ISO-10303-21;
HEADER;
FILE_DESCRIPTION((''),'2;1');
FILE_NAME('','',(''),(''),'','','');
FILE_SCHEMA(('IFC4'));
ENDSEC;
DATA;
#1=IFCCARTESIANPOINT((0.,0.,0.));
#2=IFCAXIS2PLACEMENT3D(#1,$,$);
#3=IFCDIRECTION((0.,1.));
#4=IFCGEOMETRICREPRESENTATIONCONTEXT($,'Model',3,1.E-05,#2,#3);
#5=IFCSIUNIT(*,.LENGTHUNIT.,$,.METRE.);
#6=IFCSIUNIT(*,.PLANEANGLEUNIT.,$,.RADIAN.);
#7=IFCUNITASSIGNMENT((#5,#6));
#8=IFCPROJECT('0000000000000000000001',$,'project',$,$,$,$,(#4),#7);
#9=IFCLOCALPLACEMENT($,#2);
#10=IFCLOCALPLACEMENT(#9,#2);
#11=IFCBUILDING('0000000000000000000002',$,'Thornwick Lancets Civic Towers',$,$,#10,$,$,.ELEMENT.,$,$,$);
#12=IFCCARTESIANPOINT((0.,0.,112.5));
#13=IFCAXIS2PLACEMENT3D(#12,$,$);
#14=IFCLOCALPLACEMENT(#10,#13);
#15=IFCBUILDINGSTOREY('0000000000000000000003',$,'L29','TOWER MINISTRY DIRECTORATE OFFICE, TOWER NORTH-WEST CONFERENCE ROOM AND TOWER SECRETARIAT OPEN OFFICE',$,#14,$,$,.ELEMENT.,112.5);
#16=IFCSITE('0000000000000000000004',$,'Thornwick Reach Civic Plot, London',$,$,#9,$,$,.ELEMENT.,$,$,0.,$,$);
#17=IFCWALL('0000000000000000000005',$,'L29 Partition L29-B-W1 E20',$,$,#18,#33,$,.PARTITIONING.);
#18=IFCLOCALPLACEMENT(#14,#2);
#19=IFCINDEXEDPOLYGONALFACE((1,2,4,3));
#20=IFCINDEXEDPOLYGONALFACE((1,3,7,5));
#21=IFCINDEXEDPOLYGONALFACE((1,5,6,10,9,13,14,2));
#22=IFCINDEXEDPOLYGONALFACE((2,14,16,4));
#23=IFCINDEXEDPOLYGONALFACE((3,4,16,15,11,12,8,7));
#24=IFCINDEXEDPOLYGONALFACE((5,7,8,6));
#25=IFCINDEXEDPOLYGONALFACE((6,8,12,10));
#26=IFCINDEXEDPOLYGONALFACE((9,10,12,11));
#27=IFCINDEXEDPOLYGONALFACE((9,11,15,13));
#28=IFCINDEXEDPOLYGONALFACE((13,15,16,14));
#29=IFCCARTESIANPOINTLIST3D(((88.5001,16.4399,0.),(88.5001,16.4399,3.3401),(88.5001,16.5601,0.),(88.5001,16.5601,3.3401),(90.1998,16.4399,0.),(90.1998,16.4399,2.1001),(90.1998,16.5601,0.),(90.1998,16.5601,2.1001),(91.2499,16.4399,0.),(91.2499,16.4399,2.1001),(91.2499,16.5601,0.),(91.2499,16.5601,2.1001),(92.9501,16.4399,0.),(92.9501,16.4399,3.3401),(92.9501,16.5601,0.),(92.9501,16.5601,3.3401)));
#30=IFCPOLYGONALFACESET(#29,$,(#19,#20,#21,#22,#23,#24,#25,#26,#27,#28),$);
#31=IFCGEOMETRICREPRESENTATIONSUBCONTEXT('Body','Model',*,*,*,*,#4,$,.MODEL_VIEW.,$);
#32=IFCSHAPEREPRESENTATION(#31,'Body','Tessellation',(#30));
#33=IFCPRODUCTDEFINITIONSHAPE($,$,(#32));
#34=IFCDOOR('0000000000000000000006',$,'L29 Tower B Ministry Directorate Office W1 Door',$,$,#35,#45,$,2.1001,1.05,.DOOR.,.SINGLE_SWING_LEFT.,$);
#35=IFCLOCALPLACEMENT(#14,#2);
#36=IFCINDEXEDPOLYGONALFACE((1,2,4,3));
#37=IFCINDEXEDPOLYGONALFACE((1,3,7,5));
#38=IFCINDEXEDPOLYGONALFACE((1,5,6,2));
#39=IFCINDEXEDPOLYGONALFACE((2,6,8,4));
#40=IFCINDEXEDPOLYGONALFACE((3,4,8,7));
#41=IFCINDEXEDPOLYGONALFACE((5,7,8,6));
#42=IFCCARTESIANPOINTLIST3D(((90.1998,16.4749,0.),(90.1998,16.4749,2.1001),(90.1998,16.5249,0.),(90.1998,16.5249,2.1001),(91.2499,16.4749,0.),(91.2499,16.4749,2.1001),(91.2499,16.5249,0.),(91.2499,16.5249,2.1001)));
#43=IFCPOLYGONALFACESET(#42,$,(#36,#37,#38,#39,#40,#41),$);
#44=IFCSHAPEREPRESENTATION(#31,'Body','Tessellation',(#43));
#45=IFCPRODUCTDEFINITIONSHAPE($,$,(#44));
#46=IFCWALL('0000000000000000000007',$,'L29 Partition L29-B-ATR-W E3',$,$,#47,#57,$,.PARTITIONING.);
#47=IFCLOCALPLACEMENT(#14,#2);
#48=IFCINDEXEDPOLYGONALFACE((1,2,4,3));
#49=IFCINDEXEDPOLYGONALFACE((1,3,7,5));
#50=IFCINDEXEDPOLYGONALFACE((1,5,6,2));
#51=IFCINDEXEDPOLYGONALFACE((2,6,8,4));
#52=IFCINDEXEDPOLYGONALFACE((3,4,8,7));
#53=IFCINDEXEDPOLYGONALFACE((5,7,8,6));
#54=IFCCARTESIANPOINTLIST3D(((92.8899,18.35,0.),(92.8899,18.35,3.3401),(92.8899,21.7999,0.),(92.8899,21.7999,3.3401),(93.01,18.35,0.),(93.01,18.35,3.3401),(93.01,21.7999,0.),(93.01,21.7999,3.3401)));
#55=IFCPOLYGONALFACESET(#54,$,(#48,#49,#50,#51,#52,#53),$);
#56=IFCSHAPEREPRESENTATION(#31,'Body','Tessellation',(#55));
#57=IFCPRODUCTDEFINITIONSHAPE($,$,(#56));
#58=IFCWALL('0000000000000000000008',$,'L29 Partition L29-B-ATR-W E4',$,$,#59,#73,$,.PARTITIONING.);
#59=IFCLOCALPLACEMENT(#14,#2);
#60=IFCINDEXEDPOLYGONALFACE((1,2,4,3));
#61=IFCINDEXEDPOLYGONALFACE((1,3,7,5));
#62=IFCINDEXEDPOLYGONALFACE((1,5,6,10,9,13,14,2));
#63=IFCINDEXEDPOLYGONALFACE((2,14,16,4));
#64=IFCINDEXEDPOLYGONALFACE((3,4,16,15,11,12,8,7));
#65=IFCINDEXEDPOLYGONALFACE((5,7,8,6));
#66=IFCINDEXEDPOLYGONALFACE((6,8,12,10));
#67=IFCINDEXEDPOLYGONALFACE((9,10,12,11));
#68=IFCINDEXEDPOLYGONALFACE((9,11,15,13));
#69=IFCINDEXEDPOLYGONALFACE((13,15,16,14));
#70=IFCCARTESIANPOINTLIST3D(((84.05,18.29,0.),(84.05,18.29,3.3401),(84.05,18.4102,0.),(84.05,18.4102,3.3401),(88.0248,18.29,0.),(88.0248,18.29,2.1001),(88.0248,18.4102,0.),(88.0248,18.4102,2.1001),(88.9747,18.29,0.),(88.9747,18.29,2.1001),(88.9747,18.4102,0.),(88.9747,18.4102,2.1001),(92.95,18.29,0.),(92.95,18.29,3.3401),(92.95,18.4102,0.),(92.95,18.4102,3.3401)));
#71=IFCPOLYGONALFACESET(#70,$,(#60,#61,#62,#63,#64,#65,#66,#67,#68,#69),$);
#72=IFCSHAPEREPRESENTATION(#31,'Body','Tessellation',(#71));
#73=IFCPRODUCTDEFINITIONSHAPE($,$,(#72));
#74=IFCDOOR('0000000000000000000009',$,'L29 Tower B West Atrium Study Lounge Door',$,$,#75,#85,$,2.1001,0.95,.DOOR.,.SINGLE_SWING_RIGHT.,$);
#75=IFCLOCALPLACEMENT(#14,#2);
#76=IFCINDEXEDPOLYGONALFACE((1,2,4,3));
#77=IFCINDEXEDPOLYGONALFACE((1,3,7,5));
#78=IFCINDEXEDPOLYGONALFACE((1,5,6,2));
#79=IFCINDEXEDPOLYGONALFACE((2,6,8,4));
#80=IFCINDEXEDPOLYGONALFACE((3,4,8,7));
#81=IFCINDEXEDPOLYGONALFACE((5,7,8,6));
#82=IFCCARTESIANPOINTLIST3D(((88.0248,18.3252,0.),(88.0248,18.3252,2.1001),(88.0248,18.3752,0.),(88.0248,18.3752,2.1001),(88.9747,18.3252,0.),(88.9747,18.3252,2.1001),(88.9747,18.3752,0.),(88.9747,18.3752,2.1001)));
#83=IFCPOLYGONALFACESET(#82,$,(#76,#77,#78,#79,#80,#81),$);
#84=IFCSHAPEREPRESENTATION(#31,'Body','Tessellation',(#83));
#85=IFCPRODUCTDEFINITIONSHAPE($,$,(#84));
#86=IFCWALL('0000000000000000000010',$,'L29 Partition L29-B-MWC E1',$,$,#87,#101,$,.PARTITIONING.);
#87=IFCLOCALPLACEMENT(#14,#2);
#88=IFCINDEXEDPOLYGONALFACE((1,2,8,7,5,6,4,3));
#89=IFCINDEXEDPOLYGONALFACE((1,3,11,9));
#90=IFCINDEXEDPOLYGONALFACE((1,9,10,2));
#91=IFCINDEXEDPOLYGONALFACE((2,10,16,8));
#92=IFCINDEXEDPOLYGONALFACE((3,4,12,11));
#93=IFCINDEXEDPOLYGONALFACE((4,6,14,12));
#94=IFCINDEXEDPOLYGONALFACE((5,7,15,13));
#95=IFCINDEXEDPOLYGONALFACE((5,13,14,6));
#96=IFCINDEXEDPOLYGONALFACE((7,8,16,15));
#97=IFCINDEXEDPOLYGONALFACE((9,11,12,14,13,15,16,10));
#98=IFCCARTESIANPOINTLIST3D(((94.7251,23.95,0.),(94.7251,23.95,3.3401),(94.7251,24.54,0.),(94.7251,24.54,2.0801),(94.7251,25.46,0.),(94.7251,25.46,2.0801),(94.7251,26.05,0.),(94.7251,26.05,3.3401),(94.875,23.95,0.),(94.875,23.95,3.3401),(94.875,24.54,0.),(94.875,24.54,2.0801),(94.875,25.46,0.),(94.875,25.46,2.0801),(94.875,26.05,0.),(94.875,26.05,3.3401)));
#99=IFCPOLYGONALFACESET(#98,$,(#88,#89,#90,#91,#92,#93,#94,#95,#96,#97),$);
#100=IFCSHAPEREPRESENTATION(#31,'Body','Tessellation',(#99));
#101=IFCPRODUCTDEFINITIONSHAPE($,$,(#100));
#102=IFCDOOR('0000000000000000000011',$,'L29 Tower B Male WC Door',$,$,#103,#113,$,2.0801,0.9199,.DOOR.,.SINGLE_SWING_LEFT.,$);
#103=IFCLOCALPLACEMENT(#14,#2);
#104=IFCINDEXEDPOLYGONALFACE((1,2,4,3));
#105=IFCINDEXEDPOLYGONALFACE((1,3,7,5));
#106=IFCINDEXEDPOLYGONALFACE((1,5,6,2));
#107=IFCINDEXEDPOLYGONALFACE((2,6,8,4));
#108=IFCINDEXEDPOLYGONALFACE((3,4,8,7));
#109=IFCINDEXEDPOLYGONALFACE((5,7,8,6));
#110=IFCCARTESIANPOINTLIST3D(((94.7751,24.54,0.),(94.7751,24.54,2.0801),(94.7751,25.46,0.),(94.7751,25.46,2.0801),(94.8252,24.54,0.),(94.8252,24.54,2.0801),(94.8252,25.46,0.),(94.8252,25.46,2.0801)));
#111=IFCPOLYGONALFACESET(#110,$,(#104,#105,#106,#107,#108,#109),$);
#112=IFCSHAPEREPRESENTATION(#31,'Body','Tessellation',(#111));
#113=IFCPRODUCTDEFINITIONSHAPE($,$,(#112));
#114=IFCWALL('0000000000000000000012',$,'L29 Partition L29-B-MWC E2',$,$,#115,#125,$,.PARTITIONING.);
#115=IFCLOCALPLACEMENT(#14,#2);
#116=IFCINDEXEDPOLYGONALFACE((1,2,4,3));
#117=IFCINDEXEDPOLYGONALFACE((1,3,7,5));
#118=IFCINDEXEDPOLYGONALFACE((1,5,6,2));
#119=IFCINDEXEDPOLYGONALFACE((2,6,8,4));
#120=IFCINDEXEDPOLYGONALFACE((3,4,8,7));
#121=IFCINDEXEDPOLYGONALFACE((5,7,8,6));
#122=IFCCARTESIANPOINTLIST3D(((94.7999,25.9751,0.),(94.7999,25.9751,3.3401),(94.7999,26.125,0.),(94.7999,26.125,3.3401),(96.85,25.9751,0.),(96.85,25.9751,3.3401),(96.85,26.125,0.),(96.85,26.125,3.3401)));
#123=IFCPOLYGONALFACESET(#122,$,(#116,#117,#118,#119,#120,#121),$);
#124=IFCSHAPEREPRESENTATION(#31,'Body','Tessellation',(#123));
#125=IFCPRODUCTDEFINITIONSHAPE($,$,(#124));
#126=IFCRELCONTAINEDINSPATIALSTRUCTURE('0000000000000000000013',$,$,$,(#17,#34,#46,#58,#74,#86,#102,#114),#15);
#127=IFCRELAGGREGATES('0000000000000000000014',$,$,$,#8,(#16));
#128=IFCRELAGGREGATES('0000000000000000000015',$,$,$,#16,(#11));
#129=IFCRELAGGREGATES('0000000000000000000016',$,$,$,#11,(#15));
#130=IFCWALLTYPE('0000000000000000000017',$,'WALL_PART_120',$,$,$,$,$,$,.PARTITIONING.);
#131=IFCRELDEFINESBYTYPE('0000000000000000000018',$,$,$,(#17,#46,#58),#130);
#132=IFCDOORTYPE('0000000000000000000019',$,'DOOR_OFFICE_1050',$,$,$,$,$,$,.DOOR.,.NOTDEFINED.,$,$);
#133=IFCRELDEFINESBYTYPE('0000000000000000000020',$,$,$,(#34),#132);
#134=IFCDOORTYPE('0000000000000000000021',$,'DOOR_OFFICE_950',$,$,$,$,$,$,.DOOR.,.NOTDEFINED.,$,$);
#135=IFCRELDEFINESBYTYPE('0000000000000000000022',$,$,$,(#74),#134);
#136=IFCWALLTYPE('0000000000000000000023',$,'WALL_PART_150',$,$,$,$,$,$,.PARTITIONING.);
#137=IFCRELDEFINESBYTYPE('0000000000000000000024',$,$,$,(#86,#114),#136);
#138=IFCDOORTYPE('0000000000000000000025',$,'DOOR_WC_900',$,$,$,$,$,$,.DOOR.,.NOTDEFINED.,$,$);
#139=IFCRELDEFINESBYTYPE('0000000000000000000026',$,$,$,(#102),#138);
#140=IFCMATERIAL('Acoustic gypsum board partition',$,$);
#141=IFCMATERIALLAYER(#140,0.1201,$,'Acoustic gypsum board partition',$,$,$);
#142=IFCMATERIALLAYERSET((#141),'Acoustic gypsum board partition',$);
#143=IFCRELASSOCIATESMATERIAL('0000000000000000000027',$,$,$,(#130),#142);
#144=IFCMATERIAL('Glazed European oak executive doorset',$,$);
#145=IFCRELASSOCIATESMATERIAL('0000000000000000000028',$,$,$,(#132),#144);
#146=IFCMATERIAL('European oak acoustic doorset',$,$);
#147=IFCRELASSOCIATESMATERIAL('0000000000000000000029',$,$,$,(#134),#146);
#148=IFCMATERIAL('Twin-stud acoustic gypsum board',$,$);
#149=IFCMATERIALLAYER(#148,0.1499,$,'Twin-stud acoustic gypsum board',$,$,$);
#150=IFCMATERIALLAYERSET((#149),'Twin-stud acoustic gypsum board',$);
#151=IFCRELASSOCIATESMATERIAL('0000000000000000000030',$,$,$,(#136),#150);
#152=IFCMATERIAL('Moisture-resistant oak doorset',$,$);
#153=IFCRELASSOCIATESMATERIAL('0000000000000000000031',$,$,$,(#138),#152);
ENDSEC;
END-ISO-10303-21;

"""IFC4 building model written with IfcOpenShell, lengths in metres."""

from ifc_helpers import new_model, si_unit, direction, frame, frame_2d, origin, place, context, subcontext, project, spatial, rectangle, extrude, material, layer, layer_set, type_object, element, fill, save


model = new_model("IFC4")

# Units and contexts
model_context = context("Model", 3, precision=1e-05, world=origin(), true_north=direction((0.0, 1.0)))
body_context = subcontext(model_context, "Body", "Model", "MODEL_VIEW")
ifc_project = project(units=[si_unit("LENGTHUNIT", "METRE"), si_unit("PLANEANGLEUNIT", "RADIAN")], contexts=[model_context])

# Site, building, storey
site_placement = place(None, origin())
site = spatial("IfcSite", under=ifc_project, at=site_placement, Name="Thornwick Reach Civic Plot, London", CompositionType="ELEMENT", RefElevation=0.0)
building_placement = place(site_placement, origin())
building = spatial("IfcBuilding", under=site, at=building_placement, Name="Thornwick Lancets Civic Towers", CompositionType="ELEMENT")
storey_placement = place(building_placement, frame((0.0, 0.0, 112.5)))
storey = spatial("IfcBuildingStorey", under=building, at=storey_placement, Name="L29", Description="TOWER MINISTRY DIRECTORATE OFFICE, TOWER NORTH-WEST CONFERENCE ROOM AND TOWER SECRETARIAT OPEN OFFICE", CompositionType="ELEMENT", Elevation=112.5)

# Shared definitions
ifc_material_1 = material(Name="Acoustic gypsum board partition")
ifc_layer_1 = layer(ifc_material_1, 0.1201, Name="Acoustic gypsum board partition")
ifc_layer_set_1 = layer_set([ifc_layer_1], Name="Acoustic gypsum board partition")
wall_type_1 = type_object("IfcWallType", Name="WALL_PART_120", PredefinedType="PARTITIONING", material=ifc_layer_set_1)

# Wall, opening, door
wall_1_placement = place(storey_placement, frame((88.5, 16.5, 0.0), z_axis=(0.0, 0.0, 1.0), x_axis=(1.0, 0.0, 0.0)))
wall_1 = element("IfcWall", 1, at=wall_1_placement, inside=storey, type_object=wall_type_1, Name="L29 Partition L29-B-W1 E20", PredefinedType="PARTITIONING", context=body_context, shape_type="SweptSolid", body=[
    extrude(rectangle(XDim=4.45, YDim=0.1201, at=frame_2d((2.2251, 0.0))), origin(), (0.0, 0.0, 1.0), 3.3401),
])
opening_1_placement = place(wall_1_placement, frame((1.7, 0.0, 0.0)))
opening_1 = element("IfcOpeningElement", 2, at=opening_1_placement, cuts=wall_1, PredefinedType="OPENING", context=body_context, shape_type="SweptSolid", body=[
    extrude(rectangle(XDim=1.05, YDim=2.1001, at=frame_2d((0.5249, 1.05))), frame((0.0, 0.0701, 0.0), z_axis=(0.0, -1.0, 0.0), x_axis=(1.0, 0.0, 0.0)), (0.0, 0.0, 1.0), 0.1401),
])
ifc_material_2 = material(Name="Glazed European oak executive doorset")
door_type_1 = type_object("IfcDoorType", Name="DOOR_OFFICE_1050", OperationType="NOTDEFINED", PredefinedType="DOOR", material=ifc_material_2)
door_1_placement = place(opening_1_placement, origin())
door_1 = element("IfcDoor", 3, at=door_1_placement, inside=storey, type_object=door_type_1, Name="L29 Tower B Ministry Directorate Office W1 Door", OperationType="SINGLE_SWING_LEFT", OverallHeight=2.1001, OverallWidth=1.05, PredefinedType="DOOR", context=body_context, shape_type="SweptSolid", body=[
    extrude(rectangle(XDim=1.05, YDim=2.1001, at=frame_2d((0.5249, 1.05))), frame((0.0, 0.0249, 0.0), z_axis=(0.0, -1.0, 0.0), x_axis=(1.0, 0.0, 0.0)), (0.0, 0.0, 1.0), 0.05),
])
fill(opening_1, door_1)

# Wall
wall_2_placement = place(storey_placement, frame((92.95, 21.8, 0.0), z_axis=(0.0, 0.0, 1.0), x_axis=(0.0, -1.0, 0.0)))
element("IfcWall", 4, at=wall_2_placement, inside=storey, type_object=wall_type_1, Name="L29 Partition L29-B-ATR-W E3", PredefinedType="PARTITIONING", context=body_context, shape_type="SweptSolid", body=[
    extrude(rectangle(XDim=3.45, YDim=0.1201, at=frame_2d((1.7251, 0.0))), origin(), (0.0, 0.0, 1.0), 3.3401),
])

# Walls, openings, doors
wall_3_placement = place(storey_placement, frame((92.95, 18.3501, 0.0), z_axis=(0.0, 0.0, 1.0), x_axis=(-1.0, 0.0, 0.0)))
wall_3 = element("IfcWall", 5, at=wall_3_placement, inside=storey, type_object=wall_type_1, Name="L29 Partition L29-B-ATR-W E4", PredefinedType="PARTITIONING", context=body_context, shape_type="SweptSolid", body=[
    extrude(rectangle(XDim=8.8999, YDim=0.1201, at=frame_2d((4.45, 0.0))), origin(), (0.0, 0.0, 1.0), 3.3401),
])
opening_2_placement = place(wall_3_placement, frame((3.9751, 0.0, 0.0)))
opening_2 = element("IfcOpeningElement", 6, at=opening_2_placement, cuts=wall_3, PredefinedType="OPENING", context=body_context, shape_type="SweptSolid", body=[
    extrude(rectangle(XDim=0.95, YDim=2.1001, at=frame_2d((0.4751, 1.05))), frame((0.0, 0.0701, 0.0), z_axis=(0.0, -1.0, 0.0), x_axis=(1.0, 0.0, 0.0)), (0.0, 0.0, 1.0), 0.1401),
])
ifc_material_3 = material(Name="European oak acoustic doorset")
door_type_2 = type_object("IfcDoorType", Name="DOOR_OFFICE_950", OperationType="NOTDEFINED", PredefinedType="DOOR", material=ifc_material_3)
door_2_placement = place(opening_2_placement, origin())
door_2 = element("IfcDoor", 7, at=door_2_placement, inside=storey, type_object=door_type_2, Name="L29 Tower B West Atrium Study Lounge Door", OperationType="SINGLE_SWING_RIGHT", OverallHeight=2.1001, OverallWidth=0.95, PredefinedType="DOOR", context=body_context, shape_type="SweptSolid", body=[
    extrude(rectangle(XDim=0.95, YDim=2.1001, at=frame_2d((0.4751, 1.05))), frame((0.0, 0.0249, 0.0), z_axis=(0.0, -1.0, 0.0), x_axis=(1.0, 0.0, 0.0)), (0.0, 0.0, 1.0), 0.05),
])
fill(opening_2, door_2)
ifc_material_4 = material(Name="Twin-stud acoustic gypsum board")
ifc_layer_2 = layer(ifc_material_4, 0.1499, Name="Twin-stud acoustic gypsum board")
ifc_layer_set_2 = layer_set([ifc_layer_2], Name="Twin-stud acoustic gypsum board")
wall_type_2 = type_object("IfcWallType", Name="WALL_PART_150", PredefinedType="PARTITIONING", material=ifc_layer_set_2)
wall_4_placement = place(storey_placement, frame((94.8, 23.95, 0.0), z_axis=(0.0, 0.0, 1.0), x_axis=(0.0, 1.0, 0.0)))
wall_4 = element("IfcWall", 8, at=wall_4_placement, inside=storey, type_object=wall_type_2, Name="L29 Partition L29-B-MWC E1", PredefinedType="PARTITIONING", context=body_context, shape_type="SweptSolid", body=[
    extrude(rectangle(XDim=2.1001, YDim=0.1499, at=frame_2d((1.05, 0.0))), origin(), (0.0, 0.0, 1.0), 3.3401),
])
opening_3_placement = place(wall_4_placement, frame((0.5901, 0.0, 0.0)))
opening_3 = element("IfcOpeningElement", 9, at=opening_3_placement, cuts=wall_4, PredefinedType="OPENING", context=body_context, shape_type="SweptSolid", body=[
    extrude(rectangle(XDim=0.9199, YDim=2.0801, at=frame_2d((0.46, 1.04))), frame((0.0, 0.085, 0.0), z_axis=(0.0, -1.0, 0.0), x_axis=(1.0, 0.0, 0.0)), (0.0, 0.0, 1.0), 0.1699),
])
ifc_material_5 = material(Name="Moisture-resistant oak doorset")
door_type_3 = type_object("IfcDoorType", Name="DOOR_WC_900", OperationType="NOTDEFINED", PredefinedType="DOOR", material=ifc_material_5)
door_3_placement = place(opening_3_placement, origin())
door_3 = element("IfcDoor", 10, at=door_3_placement, inside=storey, type_object=door_type_3, Name="L29 Tower B Male WC Door", OperationType="SINGLE_SWING_LEFT", OverallHeight=2.0801, OverallWidth=0.9199, PredefinedType="DOOR", context=body_context, shape_type="SweptSolid", body=[
    extrude(rectangle(XDim=0.9199, YDim=2.0801, at=frame_2d((0.46, 1.04))), frame((0.0, 0.0249, 0.0), z_axis=(0.0, -1.0, 0.0), x_axis=(1.0, 0.0, 0.0)), (0.0, 0.0, 1.0), 0.05),
])
fill(opening_3, door_3)

# Wall
wall_5_placement = place(storey_placement, frame((94.8, 26.05, 0.0), z_axis=(0.0, 0.0, 1.0), x_axis=(1.0, 0.0, 0.0)))
element("IfcWall", 11, at=wall_5_placement, inside=storey, type_object=wall_type_2, Name="L29 Partition L29-B-MWC E2", PredefinedType="PARTITIONING", context=body_context, shape_type="SweptSolid", body=[
    extrude(rectangle(XDim=2.05, YDim=0.1499, at=frame_2d((1.0249, 0.0))), origin(), (0.0, 0.0, 1.0), 3.3401),
])

save(model, "model.ifc")
